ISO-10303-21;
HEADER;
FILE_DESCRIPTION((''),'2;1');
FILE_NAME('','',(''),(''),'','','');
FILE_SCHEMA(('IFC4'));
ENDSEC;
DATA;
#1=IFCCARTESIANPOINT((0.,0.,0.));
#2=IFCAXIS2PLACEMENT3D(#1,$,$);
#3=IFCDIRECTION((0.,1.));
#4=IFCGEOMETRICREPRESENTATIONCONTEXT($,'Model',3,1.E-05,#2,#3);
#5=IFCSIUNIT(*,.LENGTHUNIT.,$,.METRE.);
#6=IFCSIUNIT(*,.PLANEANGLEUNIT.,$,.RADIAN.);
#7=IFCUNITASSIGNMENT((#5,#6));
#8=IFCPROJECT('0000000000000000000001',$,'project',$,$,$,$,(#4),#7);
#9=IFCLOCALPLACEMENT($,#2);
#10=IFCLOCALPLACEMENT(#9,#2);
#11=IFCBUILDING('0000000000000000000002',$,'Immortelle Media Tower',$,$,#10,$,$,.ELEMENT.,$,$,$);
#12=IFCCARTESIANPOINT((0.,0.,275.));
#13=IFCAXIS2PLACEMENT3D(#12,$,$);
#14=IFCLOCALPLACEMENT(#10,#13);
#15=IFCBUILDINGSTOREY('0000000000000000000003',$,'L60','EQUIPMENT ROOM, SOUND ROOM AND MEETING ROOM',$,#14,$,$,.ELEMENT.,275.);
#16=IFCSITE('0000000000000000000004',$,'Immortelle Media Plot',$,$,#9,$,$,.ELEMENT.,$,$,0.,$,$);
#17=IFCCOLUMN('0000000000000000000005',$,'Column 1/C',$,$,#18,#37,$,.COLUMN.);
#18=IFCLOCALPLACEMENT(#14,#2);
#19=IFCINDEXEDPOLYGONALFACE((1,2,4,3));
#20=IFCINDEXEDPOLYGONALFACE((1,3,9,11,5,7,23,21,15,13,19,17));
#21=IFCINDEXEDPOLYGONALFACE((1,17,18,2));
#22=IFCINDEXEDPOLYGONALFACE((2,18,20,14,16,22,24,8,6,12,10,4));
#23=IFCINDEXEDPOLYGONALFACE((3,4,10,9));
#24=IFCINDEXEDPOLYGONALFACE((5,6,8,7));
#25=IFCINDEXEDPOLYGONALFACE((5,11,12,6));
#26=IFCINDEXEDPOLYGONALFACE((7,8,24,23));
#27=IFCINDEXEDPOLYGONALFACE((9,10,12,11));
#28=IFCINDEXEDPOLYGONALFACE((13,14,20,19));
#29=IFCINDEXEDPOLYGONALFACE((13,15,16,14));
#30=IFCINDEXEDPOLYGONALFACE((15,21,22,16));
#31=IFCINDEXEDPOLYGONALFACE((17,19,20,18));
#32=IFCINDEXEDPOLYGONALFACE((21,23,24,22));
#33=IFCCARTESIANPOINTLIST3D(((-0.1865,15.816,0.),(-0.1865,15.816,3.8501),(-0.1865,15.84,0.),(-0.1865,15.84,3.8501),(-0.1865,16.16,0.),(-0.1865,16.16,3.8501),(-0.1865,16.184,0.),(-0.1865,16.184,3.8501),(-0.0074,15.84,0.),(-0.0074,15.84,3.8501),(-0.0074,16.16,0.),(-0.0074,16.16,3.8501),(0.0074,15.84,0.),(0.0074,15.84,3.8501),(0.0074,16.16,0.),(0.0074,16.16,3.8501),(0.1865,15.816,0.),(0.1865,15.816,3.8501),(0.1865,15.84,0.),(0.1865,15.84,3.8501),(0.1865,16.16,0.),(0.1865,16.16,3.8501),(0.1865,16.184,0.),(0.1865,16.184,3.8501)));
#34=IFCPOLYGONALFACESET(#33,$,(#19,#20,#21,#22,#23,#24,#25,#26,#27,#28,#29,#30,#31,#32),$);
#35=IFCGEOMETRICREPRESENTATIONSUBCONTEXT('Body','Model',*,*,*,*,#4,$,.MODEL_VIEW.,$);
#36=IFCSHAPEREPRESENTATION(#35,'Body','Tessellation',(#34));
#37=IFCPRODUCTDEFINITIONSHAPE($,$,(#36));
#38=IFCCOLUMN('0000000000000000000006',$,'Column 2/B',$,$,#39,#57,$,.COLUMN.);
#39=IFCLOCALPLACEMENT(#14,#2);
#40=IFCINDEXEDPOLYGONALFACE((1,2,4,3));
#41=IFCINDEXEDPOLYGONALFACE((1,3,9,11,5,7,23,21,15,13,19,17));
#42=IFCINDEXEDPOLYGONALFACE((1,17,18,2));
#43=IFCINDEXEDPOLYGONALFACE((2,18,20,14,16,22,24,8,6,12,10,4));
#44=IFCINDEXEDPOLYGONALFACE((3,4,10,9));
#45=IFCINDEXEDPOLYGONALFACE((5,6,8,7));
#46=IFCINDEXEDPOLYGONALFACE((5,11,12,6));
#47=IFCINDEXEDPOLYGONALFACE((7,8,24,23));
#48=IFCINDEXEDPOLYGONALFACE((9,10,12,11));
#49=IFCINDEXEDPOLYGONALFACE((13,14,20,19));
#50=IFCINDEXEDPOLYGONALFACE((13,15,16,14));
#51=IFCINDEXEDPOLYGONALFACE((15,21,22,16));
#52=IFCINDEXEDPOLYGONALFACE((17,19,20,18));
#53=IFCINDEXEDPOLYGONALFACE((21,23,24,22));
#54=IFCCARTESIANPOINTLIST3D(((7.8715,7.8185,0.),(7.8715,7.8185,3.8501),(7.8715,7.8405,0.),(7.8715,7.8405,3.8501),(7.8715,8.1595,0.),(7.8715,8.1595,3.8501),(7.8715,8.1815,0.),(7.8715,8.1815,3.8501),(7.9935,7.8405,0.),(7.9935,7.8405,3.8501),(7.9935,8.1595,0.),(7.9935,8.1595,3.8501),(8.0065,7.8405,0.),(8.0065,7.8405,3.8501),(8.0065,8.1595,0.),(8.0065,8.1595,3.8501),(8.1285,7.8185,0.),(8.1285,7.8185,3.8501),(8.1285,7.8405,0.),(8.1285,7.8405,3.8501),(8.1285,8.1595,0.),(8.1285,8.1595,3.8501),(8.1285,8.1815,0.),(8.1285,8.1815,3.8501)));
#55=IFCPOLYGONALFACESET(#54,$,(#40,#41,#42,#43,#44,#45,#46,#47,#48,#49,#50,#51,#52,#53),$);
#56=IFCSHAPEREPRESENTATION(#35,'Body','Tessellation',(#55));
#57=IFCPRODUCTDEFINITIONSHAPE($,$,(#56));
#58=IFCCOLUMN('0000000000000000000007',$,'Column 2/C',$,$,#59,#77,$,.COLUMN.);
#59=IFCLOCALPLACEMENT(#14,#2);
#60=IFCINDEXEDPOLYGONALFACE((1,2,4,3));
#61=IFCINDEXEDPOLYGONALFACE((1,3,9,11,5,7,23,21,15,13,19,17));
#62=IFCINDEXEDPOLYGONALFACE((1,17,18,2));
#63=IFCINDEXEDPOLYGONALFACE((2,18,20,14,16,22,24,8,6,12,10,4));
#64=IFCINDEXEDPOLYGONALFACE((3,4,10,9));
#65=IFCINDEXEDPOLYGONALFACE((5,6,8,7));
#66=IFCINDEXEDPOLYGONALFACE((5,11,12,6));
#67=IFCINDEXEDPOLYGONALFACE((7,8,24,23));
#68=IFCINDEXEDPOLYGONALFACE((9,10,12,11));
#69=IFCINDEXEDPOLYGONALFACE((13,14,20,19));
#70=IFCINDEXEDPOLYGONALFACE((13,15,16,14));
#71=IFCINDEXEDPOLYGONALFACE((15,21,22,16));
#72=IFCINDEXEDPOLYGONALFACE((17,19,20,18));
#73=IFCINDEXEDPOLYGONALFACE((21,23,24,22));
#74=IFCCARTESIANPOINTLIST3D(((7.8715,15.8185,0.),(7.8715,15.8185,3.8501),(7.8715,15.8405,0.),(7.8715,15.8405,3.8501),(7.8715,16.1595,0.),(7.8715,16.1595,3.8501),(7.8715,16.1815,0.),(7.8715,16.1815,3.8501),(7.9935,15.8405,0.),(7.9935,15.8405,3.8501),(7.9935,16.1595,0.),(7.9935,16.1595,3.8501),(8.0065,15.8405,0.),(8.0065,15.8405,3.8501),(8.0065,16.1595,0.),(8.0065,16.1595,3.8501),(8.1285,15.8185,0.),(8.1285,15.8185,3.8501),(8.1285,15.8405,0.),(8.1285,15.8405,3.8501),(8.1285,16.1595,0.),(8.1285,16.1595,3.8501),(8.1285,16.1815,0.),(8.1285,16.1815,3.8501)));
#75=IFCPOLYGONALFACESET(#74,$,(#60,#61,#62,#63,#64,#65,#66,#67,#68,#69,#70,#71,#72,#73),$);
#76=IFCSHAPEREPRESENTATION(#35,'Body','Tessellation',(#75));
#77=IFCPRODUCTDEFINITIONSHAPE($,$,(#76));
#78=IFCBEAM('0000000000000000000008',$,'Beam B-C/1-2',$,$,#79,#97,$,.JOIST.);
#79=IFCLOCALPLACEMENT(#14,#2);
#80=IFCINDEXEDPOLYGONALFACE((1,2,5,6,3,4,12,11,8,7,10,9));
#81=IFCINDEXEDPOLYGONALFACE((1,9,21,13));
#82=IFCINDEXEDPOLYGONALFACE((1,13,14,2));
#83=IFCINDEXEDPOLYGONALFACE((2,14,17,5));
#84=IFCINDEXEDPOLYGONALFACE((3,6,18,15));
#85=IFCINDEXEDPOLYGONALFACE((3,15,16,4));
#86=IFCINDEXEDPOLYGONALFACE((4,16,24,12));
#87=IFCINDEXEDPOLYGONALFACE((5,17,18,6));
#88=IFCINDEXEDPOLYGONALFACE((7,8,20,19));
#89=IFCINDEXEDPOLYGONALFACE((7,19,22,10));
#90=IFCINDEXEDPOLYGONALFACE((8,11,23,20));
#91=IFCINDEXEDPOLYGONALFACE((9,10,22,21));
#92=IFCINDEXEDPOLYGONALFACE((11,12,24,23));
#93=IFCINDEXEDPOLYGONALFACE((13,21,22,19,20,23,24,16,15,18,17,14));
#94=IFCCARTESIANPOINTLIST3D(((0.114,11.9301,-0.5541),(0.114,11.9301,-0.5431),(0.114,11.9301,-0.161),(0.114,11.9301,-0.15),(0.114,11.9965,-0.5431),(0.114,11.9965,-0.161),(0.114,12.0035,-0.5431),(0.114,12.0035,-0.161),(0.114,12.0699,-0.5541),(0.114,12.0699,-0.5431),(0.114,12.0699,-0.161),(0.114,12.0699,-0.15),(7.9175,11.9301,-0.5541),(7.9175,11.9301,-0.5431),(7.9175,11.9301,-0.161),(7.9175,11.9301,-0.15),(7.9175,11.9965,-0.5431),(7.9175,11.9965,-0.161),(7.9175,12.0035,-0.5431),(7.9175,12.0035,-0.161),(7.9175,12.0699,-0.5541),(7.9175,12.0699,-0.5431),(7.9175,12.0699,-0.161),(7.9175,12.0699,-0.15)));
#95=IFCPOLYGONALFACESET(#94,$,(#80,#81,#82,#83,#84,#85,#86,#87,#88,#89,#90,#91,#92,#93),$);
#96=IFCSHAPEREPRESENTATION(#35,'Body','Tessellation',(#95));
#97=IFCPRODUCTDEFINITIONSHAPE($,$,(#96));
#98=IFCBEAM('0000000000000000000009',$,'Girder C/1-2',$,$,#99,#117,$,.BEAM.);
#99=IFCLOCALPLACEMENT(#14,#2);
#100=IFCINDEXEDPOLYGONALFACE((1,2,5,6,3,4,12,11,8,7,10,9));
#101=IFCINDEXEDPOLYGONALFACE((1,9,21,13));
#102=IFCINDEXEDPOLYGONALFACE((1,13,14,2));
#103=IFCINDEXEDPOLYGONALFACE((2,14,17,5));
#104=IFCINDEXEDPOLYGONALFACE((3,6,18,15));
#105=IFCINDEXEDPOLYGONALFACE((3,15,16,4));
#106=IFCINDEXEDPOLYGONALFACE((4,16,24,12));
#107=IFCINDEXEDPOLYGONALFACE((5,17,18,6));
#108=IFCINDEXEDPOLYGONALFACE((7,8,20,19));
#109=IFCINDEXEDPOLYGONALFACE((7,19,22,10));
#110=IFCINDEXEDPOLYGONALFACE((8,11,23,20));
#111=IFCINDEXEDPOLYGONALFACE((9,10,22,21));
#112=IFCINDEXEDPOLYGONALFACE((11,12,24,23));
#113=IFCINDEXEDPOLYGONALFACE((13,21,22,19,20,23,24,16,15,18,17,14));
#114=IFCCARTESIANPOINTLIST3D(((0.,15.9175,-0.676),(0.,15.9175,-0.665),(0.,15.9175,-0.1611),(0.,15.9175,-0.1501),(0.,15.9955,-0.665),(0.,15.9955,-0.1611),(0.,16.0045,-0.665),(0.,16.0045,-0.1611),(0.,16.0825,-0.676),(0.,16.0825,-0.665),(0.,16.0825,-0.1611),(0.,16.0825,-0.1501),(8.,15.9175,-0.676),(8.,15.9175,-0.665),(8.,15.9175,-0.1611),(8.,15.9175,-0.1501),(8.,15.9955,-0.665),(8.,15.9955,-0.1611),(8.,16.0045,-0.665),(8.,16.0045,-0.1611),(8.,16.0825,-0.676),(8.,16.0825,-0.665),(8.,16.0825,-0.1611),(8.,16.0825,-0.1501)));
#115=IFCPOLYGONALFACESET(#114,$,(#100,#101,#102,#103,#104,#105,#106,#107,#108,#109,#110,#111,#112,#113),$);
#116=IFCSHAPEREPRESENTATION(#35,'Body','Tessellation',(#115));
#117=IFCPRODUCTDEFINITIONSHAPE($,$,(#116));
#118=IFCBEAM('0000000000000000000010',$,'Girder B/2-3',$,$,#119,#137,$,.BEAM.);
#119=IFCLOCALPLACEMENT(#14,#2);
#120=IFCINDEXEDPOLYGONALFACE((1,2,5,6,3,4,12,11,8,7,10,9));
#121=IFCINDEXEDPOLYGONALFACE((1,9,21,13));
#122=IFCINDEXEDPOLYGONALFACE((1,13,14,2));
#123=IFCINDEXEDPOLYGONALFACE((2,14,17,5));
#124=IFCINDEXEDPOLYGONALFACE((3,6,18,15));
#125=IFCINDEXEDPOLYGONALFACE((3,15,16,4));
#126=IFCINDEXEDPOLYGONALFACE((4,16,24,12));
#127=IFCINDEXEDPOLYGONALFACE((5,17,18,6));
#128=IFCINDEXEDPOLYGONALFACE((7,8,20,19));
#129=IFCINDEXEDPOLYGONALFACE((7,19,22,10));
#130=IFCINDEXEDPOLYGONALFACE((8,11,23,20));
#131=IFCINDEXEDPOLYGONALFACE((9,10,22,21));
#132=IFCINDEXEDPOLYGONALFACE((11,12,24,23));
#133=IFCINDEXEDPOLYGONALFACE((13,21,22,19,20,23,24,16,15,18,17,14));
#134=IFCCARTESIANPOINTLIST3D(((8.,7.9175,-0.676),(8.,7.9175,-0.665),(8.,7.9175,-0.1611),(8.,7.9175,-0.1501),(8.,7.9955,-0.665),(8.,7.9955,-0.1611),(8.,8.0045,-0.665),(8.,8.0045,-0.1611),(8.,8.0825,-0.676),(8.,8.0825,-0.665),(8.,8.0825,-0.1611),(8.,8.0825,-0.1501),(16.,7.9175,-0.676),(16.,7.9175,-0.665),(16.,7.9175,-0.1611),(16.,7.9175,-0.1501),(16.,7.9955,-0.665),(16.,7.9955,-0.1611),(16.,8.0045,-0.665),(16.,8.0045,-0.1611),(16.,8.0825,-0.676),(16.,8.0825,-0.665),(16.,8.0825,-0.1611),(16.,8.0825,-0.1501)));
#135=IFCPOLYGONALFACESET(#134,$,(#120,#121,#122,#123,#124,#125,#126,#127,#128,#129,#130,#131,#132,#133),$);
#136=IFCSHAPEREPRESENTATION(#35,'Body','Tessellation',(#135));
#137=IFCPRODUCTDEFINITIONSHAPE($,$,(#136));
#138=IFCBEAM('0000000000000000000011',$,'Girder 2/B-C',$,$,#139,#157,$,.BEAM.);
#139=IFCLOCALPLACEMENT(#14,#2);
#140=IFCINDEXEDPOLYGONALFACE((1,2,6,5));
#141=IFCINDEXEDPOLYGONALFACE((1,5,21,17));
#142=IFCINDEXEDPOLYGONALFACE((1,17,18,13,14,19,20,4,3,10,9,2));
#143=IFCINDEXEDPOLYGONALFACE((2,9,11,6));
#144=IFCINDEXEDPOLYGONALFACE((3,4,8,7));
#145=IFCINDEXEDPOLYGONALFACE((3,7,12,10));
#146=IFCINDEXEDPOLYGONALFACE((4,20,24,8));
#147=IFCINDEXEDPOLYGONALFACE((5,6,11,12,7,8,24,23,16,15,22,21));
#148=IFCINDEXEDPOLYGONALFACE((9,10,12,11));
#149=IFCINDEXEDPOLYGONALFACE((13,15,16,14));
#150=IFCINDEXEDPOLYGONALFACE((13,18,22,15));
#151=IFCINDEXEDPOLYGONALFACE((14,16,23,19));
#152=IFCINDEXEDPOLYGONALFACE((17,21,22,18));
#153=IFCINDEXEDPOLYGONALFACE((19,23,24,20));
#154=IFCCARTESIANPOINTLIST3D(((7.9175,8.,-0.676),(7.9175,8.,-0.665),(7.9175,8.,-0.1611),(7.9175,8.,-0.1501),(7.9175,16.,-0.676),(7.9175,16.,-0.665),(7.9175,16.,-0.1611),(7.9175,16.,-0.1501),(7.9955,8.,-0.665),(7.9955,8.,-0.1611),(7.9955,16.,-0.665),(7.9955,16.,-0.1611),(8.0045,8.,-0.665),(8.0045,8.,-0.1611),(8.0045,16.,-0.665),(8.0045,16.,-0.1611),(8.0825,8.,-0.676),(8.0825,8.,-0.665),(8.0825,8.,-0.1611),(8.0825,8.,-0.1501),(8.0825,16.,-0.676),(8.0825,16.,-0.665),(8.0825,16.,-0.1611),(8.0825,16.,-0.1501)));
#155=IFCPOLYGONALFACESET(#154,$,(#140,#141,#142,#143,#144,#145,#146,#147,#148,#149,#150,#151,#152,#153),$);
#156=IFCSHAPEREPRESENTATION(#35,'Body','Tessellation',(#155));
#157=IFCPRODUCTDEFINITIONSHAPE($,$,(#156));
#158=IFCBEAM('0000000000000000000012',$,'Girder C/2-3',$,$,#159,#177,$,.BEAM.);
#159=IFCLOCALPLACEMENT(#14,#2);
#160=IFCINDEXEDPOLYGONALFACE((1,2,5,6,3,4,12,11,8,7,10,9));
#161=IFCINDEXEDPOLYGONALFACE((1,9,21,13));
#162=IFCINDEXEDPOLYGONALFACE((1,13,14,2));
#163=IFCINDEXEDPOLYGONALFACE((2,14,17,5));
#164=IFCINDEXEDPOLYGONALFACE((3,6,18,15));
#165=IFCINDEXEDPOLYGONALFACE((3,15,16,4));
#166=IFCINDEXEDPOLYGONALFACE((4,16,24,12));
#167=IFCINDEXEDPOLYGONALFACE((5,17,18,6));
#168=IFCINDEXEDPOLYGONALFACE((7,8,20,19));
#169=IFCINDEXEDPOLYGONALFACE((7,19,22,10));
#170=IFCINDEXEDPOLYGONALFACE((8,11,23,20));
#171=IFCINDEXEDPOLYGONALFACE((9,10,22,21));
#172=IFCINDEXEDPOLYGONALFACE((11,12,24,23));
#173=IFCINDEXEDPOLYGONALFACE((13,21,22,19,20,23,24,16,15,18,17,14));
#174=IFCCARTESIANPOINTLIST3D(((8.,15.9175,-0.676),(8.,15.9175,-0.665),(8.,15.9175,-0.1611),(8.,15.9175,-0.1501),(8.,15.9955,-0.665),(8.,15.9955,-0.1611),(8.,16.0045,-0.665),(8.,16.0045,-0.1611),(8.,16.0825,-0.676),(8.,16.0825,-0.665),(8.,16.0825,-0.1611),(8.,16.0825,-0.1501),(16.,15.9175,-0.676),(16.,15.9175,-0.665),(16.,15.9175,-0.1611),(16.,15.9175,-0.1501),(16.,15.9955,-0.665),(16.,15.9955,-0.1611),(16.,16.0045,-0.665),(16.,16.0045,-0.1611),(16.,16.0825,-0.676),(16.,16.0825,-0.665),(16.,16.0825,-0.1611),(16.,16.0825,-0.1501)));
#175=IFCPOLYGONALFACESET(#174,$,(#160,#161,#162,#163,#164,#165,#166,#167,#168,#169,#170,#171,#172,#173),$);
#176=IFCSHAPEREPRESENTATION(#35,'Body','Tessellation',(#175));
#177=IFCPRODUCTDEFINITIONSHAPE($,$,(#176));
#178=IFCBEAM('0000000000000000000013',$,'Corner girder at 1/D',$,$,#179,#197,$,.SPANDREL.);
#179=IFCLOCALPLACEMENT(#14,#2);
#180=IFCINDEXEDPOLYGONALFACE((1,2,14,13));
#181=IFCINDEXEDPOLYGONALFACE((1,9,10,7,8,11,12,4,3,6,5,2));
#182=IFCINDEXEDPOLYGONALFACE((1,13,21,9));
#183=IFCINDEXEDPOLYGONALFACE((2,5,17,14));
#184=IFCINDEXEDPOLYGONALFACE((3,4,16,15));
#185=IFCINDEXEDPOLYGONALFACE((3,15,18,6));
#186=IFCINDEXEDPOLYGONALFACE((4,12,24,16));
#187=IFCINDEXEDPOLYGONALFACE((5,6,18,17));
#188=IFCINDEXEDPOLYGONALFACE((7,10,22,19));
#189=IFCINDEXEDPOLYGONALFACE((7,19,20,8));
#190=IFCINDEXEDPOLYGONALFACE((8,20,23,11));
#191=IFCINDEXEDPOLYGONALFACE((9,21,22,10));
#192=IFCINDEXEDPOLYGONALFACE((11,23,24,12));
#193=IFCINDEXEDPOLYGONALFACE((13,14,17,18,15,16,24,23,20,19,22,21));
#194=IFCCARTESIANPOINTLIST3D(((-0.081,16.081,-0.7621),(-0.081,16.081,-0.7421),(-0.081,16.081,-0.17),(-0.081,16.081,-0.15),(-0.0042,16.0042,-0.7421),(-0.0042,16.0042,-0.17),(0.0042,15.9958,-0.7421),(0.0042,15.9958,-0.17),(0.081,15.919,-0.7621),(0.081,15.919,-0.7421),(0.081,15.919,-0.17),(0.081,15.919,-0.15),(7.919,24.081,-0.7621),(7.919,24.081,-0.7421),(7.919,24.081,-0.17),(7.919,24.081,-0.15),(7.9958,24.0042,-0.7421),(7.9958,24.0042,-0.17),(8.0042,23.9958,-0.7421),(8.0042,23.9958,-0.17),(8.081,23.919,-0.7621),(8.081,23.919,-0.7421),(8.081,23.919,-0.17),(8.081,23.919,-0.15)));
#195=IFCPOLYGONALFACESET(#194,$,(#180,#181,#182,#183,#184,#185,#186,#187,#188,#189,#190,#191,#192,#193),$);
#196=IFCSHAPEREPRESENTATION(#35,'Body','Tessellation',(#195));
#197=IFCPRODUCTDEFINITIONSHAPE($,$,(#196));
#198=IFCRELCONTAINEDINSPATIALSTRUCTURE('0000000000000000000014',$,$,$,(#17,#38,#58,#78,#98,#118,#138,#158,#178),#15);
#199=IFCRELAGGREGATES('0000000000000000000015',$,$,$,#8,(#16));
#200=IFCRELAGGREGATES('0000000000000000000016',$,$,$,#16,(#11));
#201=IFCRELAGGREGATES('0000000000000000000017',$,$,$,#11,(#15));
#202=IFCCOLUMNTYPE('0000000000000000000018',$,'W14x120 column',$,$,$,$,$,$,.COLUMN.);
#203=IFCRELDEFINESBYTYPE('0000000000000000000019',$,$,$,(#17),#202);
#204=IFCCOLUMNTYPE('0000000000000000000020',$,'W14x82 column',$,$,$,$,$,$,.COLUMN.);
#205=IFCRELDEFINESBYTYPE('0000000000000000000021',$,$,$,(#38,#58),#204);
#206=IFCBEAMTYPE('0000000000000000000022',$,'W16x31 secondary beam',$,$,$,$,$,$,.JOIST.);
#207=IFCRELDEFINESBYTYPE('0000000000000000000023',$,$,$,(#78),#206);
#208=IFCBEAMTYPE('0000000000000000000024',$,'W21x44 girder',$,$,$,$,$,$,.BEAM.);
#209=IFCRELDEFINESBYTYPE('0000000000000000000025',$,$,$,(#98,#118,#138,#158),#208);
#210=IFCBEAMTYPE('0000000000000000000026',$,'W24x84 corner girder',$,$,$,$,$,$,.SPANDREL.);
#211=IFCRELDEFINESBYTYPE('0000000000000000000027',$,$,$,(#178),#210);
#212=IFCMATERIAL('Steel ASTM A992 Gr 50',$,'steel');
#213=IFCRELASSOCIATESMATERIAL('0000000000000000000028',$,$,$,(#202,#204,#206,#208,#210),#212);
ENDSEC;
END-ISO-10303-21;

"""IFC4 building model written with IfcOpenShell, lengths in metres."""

from ifc_helpers import new_model, si_unit, direction, frame, origin, origin_2d, place, context, subcontext, project, spatial, i_section, extrude, material, material_profile, profile_set, type_object, element, save


model = new_model("IFC4")

# Units and contexts
model_context = context("Model", 3, precision=1e-05, world=origin(), true_north=direction((0.0, 1.0)))
body_context = subcontext(model_context, "Body", "Model", "MODEL_VIEW")
ifc_project = project(units=[si_unit("LENGTHUNIT", "METRE"), si_unit("PLANEANGLEUNIT", "RADIAN")], contexts=[model_context])

# Site, building, storey
site_placement = place(None, origin())
site = spatial("IfcSite", under=ifc_project, at=site_placement, Name="Immortelle Media Plot", CompositionType="ELEMENT", RefElevation=0.0)
building_placement = place(site_placement, origin())
building = spatial("IfcBuilding", under=site, at=building_placement, Name="Immortelle Media Tower", CompositionType="ELEMENT")
storey_placement = place(building_placement, frame((0.0, 0.0, 275.0)))
storey = spatial("IfcBuildingStorey", under=building, at=storey_placement, Name="L60", Description="EQUIPMENT ROOM, SOUND ROOM AND MEETING ROOM", CompositionType="ELEMENT", Elevation=275.0)

# Columns
ifc_material_1 = material(Name="Steel ASTM A992 Gr 50", Category="steel")
ifc_material_profile_1 = material_profile(ifc_material_1, i_section(OverallWidth=0.373, OverallDepth=0.3679, WebThickness=0.0149, FlangeThickness=0.0239, at=origin_2d()), Name="W14x120")
ifc_profile_set_1 = profile_set([ifc_material_profile_1], Name="Steel ASTM A992 Gr 50")
column_type_1 = type_object("IfcColumnType", Name="W14x120 column", PredefinedType="COLUMN", material=ifc_profile_set_1)
column_placement = place(storey_placement, frame((0.0, 16.0, 0.0), z_axis=(0.0, 0.0, 1.0), x_axis=(1.0, 0.0, 0.0)))
element("IfcColumn", 1, at=column_placement, inside=storey, type_object=column_type_1, Name="Column 1/C", PredefinedType="COLUMN", context=body_context, shape_type="SweptSolid", body=[
    extrude(i_section(OverallWidth=0.373, OverallDepth=0.3679, WebThickness=0.0149, FlangeThickness=0.0239, at=origin_2d()), origin(), (0.0, 0.0, 1.0), 3.8501),
])
ifc_material_profile_2 = material_profile(ifc_material_1, i_section(OverallWidth=0.2571, OverallDepth=0.363, WebThickness=0.0129, FlangeThickness=0.022, at=origin_2d()), Name="W14x82")
ifc_profile_set_2 = profile_set([ifc_material_profile_2], Name="Steel ASTM A992 Gr 50")
column_type_2 = type_object("IfcColumnType", Name="W14x82 column", PredefinedType="COLUMN", material=ifc_profile_set_2)
for number, where, z_axis, x_axis, name in (
    (2, (8.0, 8.0, 0.0), (0.0, 0.0, 1.0), (1.0, 0.0, 0.0), "Column 2/B"),
    (3, (8.0, 16.0, 0.0), (0.0, 0.0, 1.0), (1.0, 0.0, 0.0), "Column 2/C"),
):
    element("IfcColumn", number, at=place(storey_placement, frame(where, z_axis=z_axis, x_axis=x_axis)), inside=storey, type_object=column_type_2, Name=name, PredefinedType="COLUMN", context=body_context, shape_type="SweptSolid", body=[
        extrude(i_section(OverallWidth=0.2571, OverallDepth=0.363, WebThickness=0.0129, FlangeThickness=0.022, at=origin_2d()), origin(), (0.0, 0.0, 1.0), 3.8501),
    ])

# Beams
ifc_material_profile_3 = material_profile(ifc_material_1, i_section(OverallWidth=0.1399, OverallDepth=0.4041, WebThickness=0.0071, FlangeThickness=0.011, at=origin_2d()), Name="W16x31")
ifc_profile_set_3 = profile_set([ifc_material_profile_3], Name="Steel ASTM A992 Gr 50")
beam_type_1 = type_object("IfcBeamType", Name="W16x31 secondary beam", PredefinedType="JOIST", material=ifc_profile_set_3)
beam_1_placement = place(storey_placement, frame((0.114, 12.0, -0.3521), z_axis=(1.0, 0.0, 0.0), x_axis=(0.0, 1.0, 0.0)))
element("IfcBeam", 4, at=beam_1_placement, inside=storey, type_object=beam_type_1, Name="Beam B-C/1-2", PredefinedType="JOIST", context=body_context, shape_type="SweptSolid", body=[
    extrude(i_section(OverallWidth=0.1399, OverallDepth=0.4041, WebThickness=0.0071, FlangeThickness=0.011, at=origin_2d()), origin(), (0.0, 0.0, 1.0), 7.8035),
])
ifc_material_profile_4 = material_profile(ifc_material_1, i_section(OverallWidth=0.165, OverallDepth=0.5259, WebThickness=0.009, FlangeThickness=0.011, at=origin_2d()), Name="W21x44")
ifc_profile_set_4 = profile_set([ifc_material_profile_4], Name="Steel ASTM A992 Gr 50")
beam_type_2 = type_object("IfcBeamType", Name="W21x44 girder", PredefinedType="BEAM", material=ifc_profile_set_4)
for number, where, z_axis, x_axis, name in (
    (5, (0.0, 16.0, -0.4131), (1.0, 0.0, 0.0), (0.0, 1.0, 0.0), "Girder C/1-2"),
    (6, (8.0, 8.0, -0.4131), (1.0, 0.0, 0.0), (0.0, 1.0, 0.0), "Girder B/2-3"),
    (7, (8.0, 8.0, -0.4131), (0.0, 1.0, 0.0), (-1.0, 0.0, 0.0), "Girder 2/B-C"),
    (8, (8.0, 16.0, -0.4131), (1.0, 0.0, 0.0), (0.0, 1.0, 0.0), "Girder C/2-3"),
):
    element("IfcBeam", number, at=place(storey_placement, frame(where, z_axis=z_axis, x_axis=x_axis)), inside=storey, type_object=beam_type_2, Name=name, PredefinedType="BEAM", context=body_context, shape_type="SweptSolid", body=[
        extrude(i_section(OverallWidth=0.165, OverallDepth=0.5259, WebThickness=0.009, FlangeThickness=0.011, at=origin_2d()), origin(), (0.0, 0.0, 1.0), 8.0),
    ])
ifc_material_profile_5 = material_profile(ifc_material_1, i_section(OverallWidth=0.229, OverallDepth=0.6121, WebThickness=0.012, FlangeThickness=0.02, at=origin_2d()), Name="W24x84")
ifc_profile_set_5 = profile_set([ifc_material_profile_5], Name="Steel ASTM A992 Gr 50")
beam_type_3 = type_object("IfcBeamType", Name="W24x84 corner girder", PredefinedType="SPANDREL", material=ifc_profile_set_5)
beam_2_placement = place(storey_placement, frame((0.0, 16.0, -0.4561), z_axis=(0.707107, 0.707107, 0.0), x_axis=(-0.707107, 0.707107, 0.0)))
element("IfcBeam", 9, at=beam_2_placement, inside=storey, type_object=beam_type_3, Name="Corner girder at 1/D", PredefinedType="SPANDREL", context=body_context, shape_type="SweptSolid", body=[
    extrude(i_section(OverallWidth=0.229, OverallDepth=0.6121, WebThickness=0.012, FlangeThickness=0.02, at=origin_2d()), origin(), (0.0, 0.0, 1.0), 11.3137),
])

save(model, "model.ifc")
